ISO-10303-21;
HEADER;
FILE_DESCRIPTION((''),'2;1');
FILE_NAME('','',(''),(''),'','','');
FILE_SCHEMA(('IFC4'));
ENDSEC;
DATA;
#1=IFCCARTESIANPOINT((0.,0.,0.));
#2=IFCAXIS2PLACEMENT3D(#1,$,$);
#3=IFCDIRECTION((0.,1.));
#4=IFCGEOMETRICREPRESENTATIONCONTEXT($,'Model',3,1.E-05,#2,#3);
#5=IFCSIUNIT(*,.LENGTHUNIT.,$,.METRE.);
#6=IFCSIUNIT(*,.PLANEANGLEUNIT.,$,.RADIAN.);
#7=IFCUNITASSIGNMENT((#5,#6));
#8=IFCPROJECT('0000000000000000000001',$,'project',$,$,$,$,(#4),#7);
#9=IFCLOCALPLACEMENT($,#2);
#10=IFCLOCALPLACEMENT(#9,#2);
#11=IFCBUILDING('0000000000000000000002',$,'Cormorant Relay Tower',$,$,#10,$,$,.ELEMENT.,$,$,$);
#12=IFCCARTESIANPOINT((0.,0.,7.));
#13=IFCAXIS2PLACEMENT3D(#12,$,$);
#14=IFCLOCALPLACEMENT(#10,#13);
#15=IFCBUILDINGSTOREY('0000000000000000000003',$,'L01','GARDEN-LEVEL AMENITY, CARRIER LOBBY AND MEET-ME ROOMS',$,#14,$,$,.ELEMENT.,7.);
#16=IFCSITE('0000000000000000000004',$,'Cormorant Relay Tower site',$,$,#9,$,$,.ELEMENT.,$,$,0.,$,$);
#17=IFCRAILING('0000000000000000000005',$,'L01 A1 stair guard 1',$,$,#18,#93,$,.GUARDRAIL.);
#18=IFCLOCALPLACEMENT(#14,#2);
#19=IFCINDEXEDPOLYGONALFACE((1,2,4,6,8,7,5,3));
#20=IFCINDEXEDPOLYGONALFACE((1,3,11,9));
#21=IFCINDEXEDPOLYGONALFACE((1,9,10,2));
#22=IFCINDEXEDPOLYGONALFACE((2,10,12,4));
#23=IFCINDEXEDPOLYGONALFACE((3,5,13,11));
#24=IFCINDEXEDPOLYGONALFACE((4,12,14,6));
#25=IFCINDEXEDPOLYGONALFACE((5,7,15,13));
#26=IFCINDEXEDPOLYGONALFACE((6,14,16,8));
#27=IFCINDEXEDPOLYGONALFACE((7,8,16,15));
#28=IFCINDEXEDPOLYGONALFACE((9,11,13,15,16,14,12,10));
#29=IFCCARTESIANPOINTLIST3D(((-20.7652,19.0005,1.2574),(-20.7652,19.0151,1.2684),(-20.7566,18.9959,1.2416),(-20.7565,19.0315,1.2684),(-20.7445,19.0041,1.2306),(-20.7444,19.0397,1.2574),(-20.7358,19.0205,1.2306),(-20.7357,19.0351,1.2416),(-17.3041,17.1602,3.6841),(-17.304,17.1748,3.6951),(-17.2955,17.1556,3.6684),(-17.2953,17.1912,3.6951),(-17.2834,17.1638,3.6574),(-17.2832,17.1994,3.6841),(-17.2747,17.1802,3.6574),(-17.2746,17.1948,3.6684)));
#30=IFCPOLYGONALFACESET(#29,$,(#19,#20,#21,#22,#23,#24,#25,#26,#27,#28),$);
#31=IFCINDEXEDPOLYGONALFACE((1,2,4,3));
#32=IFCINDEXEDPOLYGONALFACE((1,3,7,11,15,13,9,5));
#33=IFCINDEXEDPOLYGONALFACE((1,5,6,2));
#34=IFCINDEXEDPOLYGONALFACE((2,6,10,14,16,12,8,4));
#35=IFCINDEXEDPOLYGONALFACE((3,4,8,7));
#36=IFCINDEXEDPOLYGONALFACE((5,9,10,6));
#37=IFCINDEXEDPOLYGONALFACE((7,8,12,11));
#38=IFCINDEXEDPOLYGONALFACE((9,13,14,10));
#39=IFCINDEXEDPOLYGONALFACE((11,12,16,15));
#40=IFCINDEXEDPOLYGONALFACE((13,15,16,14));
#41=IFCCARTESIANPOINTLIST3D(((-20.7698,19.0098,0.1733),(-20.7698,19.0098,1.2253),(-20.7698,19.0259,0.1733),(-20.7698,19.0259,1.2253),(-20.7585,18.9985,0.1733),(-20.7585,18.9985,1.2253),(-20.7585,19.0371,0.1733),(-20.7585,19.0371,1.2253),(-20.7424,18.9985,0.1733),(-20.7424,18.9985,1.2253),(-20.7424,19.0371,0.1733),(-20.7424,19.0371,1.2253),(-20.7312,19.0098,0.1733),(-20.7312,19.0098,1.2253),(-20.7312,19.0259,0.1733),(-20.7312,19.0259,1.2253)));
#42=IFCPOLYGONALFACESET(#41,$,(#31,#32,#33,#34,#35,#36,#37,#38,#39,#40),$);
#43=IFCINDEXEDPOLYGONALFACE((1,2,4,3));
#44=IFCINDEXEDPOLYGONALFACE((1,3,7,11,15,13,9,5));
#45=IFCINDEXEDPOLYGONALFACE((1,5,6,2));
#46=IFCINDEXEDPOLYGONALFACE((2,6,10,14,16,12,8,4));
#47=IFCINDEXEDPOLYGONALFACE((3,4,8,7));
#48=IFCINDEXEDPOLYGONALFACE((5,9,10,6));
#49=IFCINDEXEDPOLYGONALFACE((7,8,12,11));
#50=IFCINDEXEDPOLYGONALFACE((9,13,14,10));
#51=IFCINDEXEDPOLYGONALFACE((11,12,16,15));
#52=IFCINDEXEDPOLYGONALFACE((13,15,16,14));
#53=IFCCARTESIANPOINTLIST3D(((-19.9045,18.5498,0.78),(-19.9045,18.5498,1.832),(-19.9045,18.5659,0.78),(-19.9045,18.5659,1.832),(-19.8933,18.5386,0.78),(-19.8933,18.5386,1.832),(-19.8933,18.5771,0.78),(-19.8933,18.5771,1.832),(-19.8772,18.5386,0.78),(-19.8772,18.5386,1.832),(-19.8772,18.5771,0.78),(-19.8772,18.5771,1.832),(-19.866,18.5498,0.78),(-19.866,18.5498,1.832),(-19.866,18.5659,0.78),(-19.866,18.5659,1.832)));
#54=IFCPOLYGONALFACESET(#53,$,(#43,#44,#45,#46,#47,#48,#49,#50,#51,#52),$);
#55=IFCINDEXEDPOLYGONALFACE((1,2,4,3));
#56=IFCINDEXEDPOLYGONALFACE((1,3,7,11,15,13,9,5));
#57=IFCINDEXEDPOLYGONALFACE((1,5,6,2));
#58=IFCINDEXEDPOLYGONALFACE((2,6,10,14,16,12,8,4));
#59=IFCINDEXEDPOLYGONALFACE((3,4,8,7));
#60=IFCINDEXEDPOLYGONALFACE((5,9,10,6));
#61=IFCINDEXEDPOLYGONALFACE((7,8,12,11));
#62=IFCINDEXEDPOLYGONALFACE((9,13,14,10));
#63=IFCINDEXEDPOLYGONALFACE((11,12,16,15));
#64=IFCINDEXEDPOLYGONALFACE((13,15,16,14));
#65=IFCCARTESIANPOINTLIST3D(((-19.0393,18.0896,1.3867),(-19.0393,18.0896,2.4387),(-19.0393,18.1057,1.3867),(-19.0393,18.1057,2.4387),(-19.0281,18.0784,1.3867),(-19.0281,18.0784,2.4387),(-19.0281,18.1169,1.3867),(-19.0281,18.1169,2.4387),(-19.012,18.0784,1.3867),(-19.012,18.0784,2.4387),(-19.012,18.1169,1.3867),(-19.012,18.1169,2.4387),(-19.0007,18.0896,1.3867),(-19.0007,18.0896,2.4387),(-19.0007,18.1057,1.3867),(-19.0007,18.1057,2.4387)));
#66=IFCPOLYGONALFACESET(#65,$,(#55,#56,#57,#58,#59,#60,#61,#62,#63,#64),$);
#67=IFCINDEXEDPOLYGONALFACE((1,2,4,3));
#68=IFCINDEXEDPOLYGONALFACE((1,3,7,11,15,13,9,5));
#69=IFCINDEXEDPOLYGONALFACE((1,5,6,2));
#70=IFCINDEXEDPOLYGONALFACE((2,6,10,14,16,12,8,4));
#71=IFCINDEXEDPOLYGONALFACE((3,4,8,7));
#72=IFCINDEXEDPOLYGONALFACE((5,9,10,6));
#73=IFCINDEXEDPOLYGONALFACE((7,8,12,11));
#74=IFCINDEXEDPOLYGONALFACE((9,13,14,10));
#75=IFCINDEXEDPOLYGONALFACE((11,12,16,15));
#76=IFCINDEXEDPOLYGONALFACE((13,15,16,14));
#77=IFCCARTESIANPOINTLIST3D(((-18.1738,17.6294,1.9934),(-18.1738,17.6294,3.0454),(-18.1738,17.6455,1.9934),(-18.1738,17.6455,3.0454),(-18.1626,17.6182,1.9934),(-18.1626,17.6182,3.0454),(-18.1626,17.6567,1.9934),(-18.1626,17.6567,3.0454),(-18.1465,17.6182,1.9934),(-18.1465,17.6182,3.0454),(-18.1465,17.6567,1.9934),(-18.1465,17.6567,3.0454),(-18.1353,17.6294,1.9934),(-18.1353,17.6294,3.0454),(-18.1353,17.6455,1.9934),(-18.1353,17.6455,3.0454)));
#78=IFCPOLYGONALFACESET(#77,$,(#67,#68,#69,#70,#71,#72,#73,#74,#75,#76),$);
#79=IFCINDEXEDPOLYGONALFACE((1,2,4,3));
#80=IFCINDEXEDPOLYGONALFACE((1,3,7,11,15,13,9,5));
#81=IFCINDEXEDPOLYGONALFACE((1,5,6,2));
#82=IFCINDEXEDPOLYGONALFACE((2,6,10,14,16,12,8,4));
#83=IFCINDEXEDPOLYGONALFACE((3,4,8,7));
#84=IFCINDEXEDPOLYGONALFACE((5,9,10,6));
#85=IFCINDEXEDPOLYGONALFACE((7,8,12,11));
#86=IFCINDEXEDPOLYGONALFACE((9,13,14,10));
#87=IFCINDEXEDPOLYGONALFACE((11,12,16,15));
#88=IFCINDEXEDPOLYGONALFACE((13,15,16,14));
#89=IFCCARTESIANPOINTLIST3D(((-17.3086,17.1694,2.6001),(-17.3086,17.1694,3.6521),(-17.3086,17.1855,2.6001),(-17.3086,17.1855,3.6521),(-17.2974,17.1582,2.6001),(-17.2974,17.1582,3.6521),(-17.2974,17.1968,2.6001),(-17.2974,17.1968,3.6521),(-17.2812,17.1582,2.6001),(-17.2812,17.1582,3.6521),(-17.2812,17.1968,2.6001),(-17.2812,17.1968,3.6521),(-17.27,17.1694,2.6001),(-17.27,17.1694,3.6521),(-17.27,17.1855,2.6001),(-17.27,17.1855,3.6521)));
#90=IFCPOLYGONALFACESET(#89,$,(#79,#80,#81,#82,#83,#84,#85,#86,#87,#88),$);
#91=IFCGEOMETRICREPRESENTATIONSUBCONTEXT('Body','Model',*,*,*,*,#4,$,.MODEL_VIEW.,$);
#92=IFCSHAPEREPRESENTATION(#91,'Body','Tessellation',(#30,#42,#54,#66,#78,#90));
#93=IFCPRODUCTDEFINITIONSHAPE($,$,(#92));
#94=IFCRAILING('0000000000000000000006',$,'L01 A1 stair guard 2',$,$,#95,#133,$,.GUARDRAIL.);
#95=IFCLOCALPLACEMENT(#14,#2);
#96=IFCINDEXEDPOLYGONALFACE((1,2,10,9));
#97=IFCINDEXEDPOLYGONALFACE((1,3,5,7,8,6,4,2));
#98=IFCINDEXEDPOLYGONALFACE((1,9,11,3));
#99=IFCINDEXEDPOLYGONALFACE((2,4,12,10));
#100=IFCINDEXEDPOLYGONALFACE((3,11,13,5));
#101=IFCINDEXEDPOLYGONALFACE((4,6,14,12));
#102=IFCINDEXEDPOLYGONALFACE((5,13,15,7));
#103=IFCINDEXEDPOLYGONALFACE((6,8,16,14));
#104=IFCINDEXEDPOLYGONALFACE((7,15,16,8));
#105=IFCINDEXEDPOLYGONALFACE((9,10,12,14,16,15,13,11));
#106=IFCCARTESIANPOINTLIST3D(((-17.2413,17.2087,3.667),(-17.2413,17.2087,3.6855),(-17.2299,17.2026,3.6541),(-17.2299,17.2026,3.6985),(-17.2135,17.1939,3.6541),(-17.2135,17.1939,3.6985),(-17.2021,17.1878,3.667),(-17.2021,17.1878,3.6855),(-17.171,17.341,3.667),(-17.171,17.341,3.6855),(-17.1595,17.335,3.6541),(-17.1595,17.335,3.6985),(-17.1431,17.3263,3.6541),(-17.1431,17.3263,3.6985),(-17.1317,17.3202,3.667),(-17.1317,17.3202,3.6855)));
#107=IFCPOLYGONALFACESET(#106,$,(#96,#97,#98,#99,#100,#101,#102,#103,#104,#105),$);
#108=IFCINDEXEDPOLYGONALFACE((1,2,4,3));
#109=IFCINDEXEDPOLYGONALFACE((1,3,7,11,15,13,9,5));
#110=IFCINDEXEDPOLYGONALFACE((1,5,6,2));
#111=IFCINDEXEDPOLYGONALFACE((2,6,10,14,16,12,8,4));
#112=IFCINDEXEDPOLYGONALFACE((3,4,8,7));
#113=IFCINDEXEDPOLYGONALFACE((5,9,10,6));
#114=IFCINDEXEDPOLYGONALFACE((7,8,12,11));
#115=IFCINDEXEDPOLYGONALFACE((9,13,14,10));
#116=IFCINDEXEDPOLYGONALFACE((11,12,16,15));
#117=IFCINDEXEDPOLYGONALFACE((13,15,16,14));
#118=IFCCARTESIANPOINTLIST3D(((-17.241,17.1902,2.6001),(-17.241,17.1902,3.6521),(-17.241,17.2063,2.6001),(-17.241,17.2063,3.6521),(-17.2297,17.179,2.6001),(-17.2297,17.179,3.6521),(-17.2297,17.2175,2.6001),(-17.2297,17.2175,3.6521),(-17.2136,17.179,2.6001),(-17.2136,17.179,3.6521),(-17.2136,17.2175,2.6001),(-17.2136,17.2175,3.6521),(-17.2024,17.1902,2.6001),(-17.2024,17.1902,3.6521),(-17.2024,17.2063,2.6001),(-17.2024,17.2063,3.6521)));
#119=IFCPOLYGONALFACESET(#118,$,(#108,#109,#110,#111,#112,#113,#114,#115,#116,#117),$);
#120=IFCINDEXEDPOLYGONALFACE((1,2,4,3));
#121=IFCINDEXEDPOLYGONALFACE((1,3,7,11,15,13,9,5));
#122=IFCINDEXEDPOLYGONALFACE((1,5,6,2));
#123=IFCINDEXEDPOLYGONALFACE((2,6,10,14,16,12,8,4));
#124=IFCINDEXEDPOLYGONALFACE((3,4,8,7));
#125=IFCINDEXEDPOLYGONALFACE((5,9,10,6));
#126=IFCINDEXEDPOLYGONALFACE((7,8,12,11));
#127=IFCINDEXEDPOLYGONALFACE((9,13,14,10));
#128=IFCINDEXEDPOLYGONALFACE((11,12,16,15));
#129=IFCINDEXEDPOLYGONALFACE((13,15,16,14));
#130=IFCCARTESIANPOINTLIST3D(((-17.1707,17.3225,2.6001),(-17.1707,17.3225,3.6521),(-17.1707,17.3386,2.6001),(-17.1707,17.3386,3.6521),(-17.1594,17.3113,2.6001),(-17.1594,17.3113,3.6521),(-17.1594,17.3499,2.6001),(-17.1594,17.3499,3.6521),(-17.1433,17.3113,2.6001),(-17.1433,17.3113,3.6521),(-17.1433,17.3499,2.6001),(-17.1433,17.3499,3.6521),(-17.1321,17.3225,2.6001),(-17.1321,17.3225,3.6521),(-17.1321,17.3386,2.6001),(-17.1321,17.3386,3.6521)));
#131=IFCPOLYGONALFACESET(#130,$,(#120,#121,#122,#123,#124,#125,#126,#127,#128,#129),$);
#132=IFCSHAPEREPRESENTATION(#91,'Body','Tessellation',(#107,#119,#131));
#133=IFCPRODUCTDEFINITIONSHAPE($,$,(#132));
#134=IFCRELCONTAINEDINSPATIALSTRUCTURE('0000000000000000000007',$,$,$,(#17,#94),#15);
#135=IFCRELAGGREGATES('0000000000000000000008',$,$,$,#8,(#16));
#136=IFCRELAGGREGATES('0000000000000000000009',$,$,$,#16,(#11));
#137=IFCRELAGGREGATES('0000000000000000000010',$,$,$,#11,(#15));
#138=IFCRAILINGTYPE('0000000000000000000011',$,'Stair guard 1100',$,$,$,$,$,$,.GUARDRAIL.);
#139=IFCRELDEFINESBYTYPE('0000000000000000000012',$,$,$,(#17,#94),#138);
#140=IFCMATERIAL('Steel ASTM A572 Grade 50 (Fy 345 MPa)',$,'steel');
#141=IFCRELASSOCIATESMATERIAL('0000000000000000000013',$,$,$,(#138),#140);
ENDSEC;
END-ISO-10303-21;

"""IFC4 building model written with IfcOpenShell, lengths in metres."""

from ifc_helpers import new_model, si_unit, direction, frame, origin, place, context, subcontext, project, spatial, polyline, outline, extrude, material, type_object, element, save


model = new_model("IFC4")

# Units and contexts
model_context = context("Model", 3, precision=1e-05, world=origin(), true_north=direction((0.0, 1.0)))
body_context = subcontext(model_context, "Body", "Model", "MODEL_VIEW")
ifc_project = project(units=[si_unit("LENGTHUNIT", "METRE"), si_unit("PLANEANGLEUNIT", "RADIAN")], contexts=[model_context])

# Site, building, storey
site_placement = place(None, origin())
site = spatial("IfcSite", under=ifc_project, at=site_placement, Name="Cormorant Relay Tower site", CompositionType="ELEMENT", RefElevation=0.0)
building_placement = place(site_placement, origin())
building = spatial("IfcBuilding", under=site, at=building_placement, Name="Cormorant Relay Tower", CompositionType="ELEMENT")
storey_placement = place(building_placement, frame((0.0, 0.0, 7.0)))
storey = spatial("IfcBuildingStorey", under=building, at=storey_placement, Name="L01", Description="GARDEN-LEVEL AMENITY, CARRIER LOBBY AND MEET-ME ROOMS", CompositionType="ELEMENT", Elevation=7.0)

# Railings
ifc_material_1 = material(Name="Steel ASTM A572 Grade 50 (Fy 345 MPa)", Category="steel")
railing_type_1 = type_object("IfcRailingType", Name="Stair guard 1100", PredefinedType="GUARDRAIL", material=ifc_material_1)
railing_1_placement = place(storey_placement, frame((-20.7505, 19.0178, 0.1733)))
element("IfcRailing", 1, at=railing_1_placement, inside=storey, type_object=railing_type_1, Name="L01 A1 stair guard 1", PredefinedType="GUARDRAIL", context=body_context, shape_type="SweptSolid", body=[
    extrude(outline(polyline([(0.0222, 0.0093), (0.0093, 0.0222), (-0.0093, 0.0222), (-0.0222, 0.0093), (-0.0222, -0.0093), (-0.0093, -0.0222), (0.0093, -0.0222), (0.0222, -0.0093), (0.0222, 0.0093)])), frame((0.0, 0.0, 1.0762), z_axis=(0.750734, -0.39917, 0.526366), x_axis=(0.469469, 0.882949, 0.0)), (0.0, 0.0, 1.0), 4.6104),
    extrude(outline(polyline([(0.0193, 0.0081), (0.0081, 0.0193), (-0.0081, 0.0193), (-0.0193, 0.0081), (-0.0193, -0.0081), (-0.0081, -0.0193), (0.0081, -0.0193), (0.0193, -0.0081), (0.0193, 0.0081)])), origin(), (0.0, 0.0, 1.0), 1.052),
    extrude(outline(polyline([(0.0193, 0.0081), (0.0081, 0.0193), (-0.0081, 0.0193), (-0.0193, 0.0081), (-0.0193, -0.0081), (-0.0081, -0.0193), (0.0081, -0.0193), (0.0193, -0.0081), (0.0193, 0.0081)])), frame((0.8652, -0.46, 0.6067)), (0.0, 0.0, 1.0), 1.052),
    extrude(outline(polyline([(0.0193, 0.0081), (0.0081, 0.0193), (-0.0081, 0.0193), (-0.0193, 0.0081), (-0.0193, -0.0081), (-0.0081, -0.0193), (0.0081, -0.0193), (0.0193, -0.0081), (0.0193, 0.0081)])), frame((1.7305, -0.9202, 1.2134)), (0.0, 0.0, 1.0), 1.052),
    extrude(outline(polyline([(0.0193, 0.0081), (0.0081, 0.0193), (-0.0081, 0.0193), (-0.0193, 0.0081), (-0.0193, -0.0081), (-0.0081, -0.0193), (0.0081, -0.0193), (0.0193, -0.0081), (0.0193, 0.0081)])), frame((2.5959, -1.3804, 1.8201)), (0.0, 0.0, 1.0), 1.052),
    extrude(outline(polyline([(0.0193, 0.0081), (0.0081, 0.0193), (-0.0081, 0.0193), (-0.0193, 0.0081), (-0.0193, -0.0081), (-0.0081, -0.0193), (0.0081, -0.0193), (0.0193, -0.0081), (0.0193, 0.0081)])), frame((3.4612, -1.8403, 2.4268)), (0.0, 0.0, 1.0), 1.052),
])
railing_2_placement = place(storey_placement, frame((-17.2217, 17.1982, 2.6001)))
element("IfcRailing", 2, at=railing_2_placement, inside=storey, type_object=railing_type_1, Name="L01 A1 stair guard 2", PredefinedType="GUARDRAIL", context=body_context, shape_type="SweptSolid", body=[
    extrude(outline(polyline([(0.0222, 0.0093), (0.0093, 0.0222), (-0.0093, 0.0222), (-0.0222, 0.0093), (-0.0222, -0.0093), (-0.0093, -0.0222), (0.0093, -0.0222), (0.0222, -0.0093), (0.0222, 0.0093)])), frame((0.0, 0.0, 1.0762), z_axis=(0.469235, 0.883074, 0.0), x_axis=(-0.883074, 0.469235, 0.0)), (0.0, 0.0, 1.0), 0.1499),
    extrude(outline(polyline([(0.0193, 0.0081), (0.0081, 0.0193), (-0.0081, 0.0193), (-0.0193, 0.0081), (-0.0193, -0.0081), (-0.0081, -0.0193), (0.0081, -0.0193), (0.0193, -0.0081), (0.0193, 0.0081)])), origin(), (0.0, 0.0, 1.0), 1.052),
    extrude(outline(polyline([(0.0193, 0.0081), (0.0081, 0.0193), (-0.0081, 0.0193), (-0.0193, 0.0081), (-0.0193, -0.0081), (-0.0081, -0.0193), (0.0081, -0.0193), (0.0193, -0.0081), (0.0193, 0.0081)])), frame((0.0703, 0.1323, 0.0)), (0.0, 0.0, 1.0), 1.052),
])

save(model, "model.ifc")
